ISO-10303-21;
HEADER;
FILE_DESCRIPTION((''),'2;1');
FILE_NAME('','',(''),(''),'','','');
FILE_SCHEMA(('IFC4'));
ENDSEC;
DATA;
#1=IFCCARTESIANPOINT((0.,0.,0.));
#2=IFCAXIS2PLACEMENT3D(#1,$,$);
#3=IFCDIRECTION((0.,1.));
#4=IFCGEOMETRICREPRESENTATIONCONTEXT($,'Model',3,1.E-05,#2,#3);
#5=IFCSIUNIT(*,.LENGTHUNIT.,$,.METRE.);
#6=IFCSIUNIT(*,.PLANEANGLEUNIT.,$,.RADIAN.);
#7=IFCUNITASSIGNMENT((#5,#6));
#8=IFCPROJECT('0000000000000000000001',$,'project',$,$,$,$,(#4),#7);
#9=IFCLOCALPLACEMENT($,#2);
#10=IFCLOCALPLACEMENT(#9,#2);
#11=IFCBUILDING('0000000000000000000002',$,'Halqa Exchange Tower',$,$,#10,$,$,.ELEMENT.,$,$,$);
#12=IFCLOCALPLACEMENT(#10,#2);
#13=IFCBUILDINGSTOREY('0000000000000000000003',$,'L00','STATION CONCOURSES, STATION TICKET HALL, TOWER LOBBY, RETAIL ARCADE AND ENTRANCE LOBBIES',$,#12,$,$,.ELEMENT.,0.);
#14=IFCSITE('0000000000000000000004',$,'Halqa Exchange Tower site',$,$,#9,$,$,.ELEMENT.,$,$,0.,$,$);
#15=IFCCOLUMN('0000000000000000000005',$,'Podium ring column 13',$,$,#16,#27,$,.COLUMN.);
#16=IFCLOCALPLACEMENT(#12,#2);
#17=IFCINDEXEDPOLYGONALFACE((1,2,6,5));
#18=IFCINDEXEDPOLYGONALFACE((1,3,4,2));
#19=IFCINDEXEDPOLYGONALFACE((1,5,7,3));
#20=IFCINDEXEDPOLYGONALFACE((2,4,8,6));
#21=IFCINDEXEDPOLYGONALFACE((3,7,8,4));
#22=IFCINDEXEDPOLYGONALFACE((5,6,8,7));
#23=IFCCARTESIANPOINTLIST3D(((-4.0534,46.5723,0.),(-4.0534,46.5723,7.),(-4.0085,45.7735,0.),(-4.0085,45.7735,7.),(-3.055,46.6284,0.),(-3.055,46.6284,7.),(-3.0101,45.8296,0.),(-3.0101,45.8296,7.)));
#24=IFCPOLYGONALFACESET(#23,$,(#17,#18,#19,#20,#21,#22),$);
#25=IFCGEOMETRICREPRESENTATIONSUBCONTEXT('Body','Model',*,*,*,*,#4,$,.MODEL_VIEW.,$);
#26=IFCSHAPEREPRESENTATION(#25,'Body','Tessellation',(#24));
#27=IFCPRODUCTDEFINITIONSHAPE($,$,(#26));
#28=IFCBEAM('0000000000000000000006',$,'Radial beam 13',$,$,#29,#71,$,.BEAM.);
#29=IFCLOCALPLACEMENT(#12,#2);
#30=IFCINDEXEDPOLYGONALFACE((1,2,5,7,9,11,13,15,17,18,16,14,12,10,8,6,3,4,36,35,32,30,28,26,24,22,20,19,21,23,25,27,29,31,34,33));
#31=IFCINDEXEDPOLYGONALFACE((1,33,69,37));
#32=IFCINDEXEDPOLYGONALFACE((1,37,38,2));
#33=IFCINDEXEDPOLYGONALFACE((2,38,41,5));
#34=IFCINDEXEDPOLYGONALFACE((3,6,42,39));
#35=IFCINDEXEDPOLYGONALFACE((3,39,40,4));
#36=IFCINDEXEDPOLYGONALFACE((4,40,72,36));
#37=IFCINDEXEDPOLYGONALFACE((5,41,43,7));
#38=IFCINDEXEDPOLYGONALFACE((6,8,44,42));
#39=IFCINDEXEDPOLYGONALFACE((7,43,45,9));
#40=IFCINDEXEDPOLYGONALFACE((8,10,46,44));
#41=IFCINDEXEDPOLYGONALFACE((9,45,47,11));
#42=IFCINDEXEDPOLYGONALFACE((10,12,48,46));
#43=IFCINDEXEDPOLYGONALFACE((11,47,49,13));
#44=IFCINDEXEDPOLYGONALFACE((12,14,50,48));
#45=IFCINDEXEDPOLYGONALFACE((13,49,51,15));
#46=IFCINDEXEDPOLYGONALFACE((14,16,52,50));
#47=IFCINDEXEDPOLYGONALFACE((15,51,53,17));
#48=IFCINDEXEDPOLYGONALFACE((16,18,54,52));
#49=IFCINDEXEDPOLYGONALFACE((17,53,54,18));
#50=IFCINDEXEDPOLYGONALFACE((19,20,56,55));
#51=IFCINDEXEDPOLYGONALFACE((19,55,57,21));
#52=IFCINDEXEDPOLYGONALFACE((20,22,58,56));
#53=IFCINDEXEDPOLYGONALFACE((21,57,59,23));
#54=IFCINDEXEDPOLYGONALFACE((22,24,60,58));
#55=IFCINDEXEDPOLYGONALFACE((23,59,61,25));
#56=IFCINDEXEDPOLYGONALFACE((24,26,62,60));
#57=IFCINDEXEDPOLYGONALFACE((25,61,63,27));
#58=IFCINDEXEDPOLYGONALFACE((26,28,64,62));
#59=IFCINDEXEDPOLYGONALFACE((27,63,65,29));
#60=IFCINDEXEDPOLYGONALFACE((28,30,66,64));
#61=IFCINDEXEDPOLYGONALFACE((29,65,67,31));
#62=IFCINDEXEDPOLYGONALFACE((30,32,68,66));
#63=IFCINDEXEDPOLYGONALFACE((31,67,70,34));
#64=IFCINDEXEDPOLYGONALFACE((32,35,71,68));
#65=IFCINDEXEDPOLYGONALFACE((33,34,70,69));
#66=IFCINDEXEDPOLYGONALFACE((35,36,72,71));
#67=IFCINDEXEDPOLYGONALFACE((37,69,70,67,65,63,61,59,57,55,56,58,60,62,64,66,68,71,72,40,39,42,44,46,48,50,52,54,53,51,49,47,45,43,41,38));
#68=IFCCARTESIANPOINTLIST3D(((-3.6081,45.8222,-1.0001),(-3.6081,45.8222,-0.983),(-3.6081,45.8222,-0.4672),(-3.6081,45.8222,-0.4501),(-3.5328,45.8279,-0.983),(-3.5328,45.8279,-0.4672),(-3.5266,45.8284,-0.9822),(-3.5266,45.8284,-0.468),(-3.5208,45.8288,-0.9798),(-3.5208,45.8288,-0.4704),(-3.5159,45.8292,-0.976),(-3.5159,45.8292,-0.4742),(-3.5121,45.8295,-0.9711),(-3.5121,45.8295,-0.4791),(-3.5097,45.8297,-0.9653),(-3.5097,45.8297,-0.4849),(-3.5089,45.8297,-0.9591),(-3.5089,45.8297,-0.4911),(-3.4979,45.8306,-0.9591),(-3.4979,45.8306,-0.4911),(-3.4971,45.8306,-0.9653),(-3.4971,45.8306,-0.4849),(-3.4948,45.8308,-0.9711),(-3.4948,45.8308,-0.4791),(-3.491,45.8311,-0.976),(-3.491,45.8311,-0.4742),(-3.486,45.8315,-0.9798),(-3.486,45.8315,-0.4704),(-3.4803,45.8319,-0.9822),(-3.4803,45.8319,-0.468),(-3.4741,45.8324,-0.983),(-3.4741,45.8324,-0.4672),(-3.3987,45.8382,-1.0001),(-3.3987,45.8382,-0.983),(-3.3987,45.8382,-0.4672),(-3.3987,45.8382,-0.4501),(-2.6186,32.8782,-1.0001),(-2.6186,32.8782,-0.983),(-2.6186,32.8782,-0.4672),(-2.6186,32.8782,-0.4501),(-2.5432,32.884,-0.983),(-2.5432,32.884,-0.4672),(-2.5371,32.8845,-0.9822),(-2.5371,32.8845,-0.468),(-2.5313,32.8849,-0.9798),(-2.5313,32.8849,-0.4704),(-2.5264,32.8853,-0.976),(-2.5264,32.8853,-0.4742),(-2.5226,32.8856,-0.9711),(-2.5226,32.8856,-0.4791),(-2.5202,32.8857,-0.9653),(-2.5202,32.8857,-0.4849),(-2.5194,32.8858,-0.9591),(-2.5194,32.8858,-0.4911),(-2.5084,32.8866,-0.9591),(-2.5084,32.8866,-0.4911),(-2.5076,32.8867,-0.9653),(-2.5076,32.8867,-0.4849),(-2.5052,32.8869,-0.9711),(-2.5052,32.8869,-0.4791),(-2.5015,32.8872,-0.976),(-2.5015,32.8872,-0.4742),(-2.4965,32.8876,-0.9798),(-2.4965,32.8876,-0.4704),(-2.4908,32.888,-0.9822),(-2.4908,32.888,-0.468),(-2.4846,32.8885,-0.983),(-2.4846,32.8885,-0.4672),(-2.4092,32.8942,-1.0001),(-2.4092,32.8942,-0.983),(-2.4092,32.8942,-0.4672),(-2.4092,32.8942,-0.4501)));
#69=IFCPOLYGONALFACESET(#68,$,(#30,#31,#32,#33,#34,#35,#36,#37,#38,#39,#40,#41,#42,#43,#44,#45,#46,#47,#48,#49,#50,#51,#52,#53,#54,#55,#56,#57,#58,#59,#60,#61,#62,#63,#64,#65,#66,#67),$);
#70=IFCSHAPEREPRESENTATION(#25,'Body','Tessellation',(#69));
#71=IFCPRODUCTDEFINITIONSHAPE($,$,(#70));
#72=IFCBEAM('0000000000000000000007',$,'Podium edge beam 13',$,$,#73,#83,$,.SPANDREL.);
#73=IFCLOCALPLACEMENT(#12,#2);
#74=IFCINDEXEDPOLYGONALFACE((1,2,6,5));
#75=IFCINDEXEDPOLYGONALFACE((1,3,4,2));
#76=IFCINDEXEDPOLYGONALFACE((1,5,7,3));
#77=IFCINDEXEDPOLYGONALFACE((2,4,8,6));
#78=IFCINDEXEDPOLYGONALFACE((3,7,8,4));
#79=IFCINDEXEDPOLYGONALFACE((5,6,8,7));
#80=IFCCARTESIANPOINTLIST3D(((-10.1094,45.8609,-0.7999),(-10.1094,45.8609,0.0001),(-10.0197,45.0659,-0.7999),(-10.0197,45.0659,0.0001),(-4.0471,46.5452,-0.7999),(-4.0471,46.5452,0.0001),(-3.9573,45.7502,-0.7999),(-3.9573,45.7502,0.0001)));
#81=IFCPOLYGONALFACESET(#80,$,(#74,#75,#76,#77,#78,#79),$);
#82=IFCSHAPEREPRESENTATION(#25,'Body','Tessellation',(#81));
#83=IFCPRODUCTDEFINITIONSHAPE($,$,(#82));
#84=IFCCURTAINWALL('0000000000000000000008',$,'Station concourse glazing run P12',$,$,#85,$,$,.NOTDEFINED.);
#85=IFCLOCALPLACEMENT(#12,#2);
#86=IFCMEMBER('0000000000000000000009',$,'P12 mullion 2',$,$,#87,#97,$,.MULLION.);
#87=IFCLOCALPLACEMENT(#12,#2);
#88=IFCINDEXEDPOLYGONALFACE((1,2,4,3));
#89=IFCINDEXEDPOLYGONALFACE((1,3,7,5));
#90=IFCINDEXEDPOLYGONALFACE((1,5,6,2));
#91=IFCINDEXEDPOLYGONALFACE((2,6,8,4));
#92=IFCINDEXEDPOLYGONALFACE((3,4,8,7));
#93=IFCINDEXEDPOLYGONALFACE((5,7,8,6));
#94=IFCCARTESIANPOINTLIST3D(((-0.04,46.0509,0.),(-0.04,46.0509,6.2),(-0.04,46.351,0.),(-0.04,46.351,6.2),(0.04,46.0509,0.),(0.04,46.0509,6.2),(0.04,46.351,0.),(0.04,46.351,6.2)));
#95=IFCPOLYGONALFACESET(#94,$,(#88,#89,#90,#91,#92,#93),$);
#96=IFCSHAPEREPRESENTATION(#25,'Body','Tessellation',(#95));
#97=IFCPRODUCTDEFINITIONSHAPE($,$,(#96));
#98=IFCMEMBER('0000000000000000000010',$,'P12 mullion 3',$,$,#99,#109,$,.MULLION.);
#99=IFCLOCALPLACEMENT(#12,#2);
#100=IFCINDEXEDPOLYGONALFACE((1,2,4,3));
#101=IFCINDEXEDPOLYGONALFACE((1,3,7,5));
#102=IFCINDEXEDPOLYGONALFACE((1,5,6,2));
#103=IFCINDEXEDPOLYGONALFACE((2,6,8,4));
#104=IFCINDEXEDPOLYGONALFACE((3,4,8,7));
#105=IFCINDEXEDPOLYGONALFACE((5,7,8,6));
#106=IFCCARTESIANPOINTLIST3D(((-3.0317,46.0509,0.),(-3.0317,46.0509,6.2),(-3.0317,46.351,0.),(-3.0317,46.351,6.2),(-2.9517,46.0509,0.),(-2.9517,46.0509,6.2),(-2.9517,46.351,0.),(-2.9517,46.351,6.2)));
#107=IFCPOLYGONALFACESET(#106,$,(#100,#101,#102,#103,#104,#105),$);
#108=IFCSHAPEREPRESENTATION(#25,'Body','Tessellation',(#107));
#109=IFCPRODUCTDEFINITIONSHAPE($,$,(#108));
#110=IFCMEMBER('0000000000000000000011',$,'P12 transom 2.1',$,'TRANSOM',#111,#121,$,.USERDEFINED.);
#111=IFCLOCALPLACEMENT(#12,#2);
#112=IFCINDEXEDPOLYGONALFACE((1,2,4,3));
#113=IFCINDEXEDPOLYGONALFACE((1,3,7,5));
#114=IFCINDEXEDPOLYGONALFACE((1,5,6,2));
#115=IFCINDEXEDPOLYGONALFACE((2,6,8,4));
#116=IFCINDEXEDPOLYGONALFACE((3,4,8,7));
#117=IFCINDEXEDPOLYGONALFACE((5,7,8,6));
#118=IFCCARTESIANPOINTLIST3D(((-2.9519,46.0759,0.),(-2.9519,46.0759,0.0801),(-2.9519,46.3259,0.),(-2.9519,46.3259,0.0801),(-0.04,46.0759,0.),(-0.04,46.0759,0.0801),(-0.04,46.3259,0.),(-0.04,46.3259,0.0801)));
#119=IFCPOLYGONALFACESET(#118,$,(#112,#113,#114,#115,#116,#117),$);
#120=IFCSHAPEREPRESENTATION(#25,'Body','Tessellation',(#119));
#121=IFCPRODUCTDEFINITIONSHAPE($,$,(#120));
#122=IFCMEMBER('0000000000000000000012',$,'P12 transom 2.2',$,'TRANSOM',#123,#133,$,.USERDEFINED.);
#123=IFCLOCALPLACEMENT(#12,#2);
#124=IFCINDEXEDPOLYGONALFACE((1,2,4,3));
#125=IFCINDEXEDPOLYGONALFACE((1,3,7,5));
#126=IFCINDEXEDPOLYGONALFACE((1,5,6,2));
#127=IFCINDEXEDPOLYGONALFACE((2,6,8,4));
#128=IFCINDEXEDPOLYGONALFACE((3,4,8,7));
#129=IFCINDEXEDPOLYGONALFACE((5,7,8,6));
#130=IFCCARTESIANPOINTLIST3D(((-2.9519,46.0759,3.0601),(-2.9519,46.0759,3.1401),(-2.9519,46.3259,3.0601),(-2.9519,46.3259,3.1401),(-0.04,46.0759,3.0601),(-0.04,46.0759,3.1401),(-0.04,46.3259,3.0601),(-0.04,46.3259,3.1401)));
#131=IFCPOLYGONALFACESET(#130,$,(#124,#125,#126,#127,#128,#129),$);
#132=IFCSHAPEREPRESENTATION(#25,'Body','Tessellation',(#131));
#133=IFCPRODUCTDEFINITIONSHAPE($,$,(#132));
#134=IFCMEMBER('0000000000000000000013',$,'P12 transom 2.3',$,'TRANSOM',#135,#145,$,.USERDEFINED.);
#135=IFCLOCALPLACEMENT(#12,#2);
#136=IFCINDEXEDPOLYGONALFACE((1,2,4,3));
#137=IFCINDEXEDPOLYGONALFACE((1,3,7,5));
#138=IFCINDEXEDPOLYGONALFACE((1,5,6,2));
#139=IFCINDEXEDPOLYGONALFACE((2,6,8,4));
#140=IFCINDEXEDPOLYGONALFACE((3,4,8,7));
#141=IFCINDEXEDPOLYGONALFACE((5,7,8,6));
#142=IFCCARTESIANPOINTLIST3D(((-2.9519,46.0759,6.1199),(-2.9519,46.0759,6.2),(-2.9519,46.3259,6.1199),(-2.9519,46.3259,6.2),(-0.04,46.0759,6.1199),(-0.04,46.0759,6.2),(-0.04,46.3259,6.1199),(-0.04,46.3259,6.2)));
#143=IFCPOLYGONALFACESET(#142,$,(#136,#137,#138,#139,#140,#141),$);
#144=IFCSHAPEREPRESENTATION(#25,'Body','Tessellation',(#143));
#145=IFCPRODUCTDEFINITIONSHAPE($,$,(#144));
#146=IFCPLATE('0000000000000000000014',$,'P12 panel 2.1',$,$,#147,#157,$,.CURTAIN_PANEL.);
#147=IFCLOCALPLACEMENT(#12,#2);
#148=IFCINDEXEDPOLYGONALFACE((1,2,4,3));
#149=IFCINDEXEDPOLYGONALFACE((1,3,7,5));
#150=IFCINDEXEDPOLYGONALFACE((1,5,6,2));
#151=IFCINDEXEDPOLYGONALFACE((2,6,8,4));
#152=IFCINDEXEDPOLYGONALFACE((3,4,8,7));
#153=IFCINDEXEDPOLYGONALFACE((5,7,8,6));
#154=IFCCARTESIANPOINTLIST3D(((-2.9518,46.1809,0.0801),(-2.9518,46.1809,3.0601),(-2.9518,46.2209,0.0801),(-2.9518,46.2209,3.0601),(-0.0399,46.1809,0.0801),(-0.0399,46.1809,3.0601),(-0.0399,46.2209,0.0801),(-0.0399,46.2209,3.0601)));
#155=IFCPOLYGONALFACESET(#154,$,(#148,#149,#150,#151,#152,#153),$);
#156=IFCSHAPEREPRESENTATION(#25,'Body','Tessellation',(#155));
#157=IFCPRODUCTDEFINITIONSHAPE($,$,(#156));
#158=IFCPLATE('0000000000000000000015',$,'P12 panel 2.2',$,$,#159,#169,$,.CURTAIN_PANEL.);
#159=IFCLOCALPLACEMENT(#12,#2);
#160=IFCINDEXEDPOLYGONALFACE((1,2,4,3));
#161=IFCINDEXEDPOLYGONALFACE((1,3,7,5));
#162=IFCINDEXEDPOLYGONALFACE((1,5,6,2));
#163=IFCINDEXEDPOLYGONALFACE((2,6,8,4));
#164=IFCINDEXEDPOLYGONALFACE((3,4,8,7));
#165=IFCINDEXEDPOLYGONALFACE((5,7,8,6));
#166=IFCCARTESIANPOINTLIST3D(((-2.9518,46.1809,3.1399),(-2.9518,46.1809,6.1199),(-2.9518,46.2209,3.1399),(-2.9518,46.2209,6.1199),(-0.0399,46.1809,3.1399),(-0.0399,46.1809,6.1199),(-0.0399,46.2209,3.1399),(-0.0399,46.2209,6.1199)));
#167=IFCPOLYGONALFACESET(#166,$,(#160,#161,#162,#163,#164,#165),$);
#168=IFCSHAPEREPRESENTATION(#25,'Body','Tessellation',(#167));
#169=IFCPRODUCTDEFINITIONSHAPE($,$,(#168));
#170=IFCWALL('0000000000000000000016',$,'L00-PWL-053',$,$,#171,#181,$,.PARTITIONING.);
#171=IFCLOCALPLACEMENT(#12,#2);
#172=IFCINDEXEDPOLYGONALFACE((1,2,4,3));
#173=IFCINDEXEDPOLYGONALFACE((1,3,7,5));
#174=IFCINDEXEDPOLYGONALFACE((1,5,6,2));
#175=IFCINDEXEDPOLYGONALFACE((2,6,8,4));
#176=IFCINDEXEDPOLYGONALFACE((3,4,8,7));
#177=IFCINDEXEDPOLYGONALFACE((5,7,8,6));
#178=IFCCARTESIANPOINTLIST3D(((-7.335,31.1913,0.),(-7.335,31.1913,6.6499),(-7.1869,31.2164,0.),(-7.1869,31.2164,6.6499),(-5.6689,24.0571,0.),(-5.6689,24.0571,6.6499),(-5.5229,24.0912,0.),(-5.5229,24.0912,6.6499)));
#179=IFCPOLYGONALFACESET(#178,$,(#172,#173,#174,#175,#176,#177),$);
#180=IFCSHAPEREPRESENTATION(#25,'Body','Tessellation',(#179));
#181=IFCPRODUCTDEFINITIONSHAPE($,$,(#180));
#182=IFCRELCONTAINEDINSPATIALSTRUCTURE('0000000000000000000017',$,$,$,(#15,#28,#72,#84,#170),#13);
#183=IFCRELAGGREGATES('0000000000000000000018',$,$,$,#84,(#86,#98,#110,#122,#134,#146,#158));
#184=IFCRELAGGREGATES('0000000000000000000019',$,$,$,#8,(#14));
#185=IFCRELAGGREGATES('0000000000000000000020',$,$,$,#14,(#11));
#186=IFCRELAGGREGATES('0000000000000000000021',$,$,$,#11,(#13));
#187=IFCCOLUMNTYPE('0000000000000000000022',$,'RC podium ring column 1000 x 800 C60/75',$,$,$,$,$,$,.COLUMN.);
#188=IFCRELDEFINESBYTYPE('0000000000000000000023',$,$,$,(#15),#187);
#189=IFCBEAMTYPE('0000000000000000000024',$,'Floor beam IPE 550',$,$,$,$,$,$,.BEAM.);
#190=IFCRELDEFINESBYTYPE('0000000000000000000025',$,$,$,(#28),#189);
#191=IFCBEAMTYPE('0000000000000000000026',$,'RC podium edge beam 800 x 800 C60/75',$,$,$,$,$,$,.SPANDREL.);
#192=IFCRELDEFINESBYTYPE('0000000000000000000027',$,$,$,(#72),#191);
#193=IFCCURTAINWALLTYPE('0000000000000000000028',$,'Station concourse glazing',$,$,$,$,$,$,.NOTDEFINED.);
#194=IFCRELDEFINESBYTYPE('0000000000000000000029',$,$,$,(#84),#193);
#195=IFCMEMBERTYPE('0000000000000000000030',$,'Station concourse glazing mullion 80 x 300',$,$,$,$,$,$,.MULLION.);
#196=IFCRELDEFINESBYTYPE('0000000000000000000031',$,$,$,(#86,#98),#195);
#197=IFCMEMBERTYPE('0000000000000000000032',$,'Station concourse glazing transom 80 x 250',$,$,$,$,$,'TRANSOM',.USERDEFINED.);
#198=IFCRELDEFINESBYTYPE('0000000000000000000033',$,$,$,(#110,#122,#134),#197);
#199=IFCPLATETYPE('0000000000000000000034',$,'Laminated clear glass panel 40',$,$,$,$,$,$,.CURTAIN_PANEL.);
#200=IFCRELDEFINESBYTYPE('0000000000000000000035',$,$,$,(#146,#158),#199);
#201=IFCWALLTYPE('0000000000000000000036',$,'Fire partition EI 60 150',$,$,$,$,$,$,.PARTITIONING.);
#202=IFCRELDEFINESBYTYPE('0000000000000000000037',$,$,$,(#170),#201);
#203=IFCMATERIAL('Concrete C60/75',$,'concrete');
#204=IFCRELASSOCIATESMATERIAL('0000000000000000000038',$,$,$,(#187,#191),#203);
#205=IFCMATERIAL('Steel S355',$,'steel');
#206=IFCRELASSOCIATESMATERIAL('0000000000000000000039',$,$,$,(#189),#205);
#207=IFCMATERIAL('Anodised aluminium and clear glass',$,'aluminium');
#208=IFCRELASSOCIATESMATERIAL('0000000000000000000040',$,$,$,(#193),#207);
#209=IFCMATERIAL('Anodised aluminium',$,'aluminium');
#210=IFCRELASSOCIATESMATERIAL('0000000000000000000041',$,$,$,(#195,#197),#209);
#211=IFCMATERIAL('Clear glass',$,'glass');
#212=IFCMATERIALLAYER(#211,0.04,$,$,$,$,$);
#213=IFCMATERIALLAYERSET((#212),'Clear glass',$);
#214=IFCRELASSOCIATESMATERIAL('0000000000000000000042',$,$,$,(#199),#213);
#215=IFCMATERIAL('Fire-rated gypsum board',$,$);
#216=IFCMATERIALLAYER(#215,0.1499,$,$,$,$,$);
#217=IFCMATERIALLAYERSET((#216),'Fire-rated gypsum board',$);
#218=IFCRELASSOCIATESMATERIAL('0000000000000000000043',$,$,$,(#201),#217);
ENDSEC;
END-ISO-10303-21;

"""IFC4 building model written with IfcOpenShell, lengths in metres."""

from ifc_helpers import new_model, si_unit, direction, frame, origin, origin_2d, place, context, subcontext, project, spatial, polyline, rectangle, i_section, outline, extrude, material, layer, layer_set, material_profile, profile_set, type_object, element, aggregate, save


model = new_model("IFC4")

# Units and contexts
model_context = context("Model", 3, precision=1e-05, world=origin(), true_north=direction((0.0, 1.0)))
body_context = subcontext(model_context, "Body", "Model", "MODEL_VIEW")
ifc_project = project(units=[si_unit("LENGTHUNIT", "METRE"), si_unit("PLANEANGLEUNIT", "RADIAN")], contexts=[model_context])

# Site, building, storey
site_placement = place(None, origin())
site = spatial("IfcSite", under=ifc_project, at=site_placement, Name="Halqa Exchange Tower site", CompositionType="ELEMENT", RefElevation=0.0)
building_placement = place(site_placement, origin())
building = spatial("IfcBuilding", under=site, at=building_placement, Name="Halqa Exchange Tower", CompositionType="ELEMENT")
storey_placement = place(building_placement, origin())
storey = spatial("IfcBuildingStorey", under=building, at=storey_placement, Name="L00", Description="STATION CONCOURSES, STATION TICKET HALL, TOWER LOBBY, RETAIL ARCADE AND ENTRANCE LOBBIES", CompositionType="ELEMENT", Elevation=0.0)

# Column
ifc_material_1 = material(Name="Concrete C60/75", Category="concrete")
ifc_material_profile_1 = material_profile(ifc_material_1, rectangle(XDim=1.0, YDim=0.8, at=origin_2d()), Name="1000 x 800")
ifc_profile_set_1 = profile_set([ifc_material_profile_1], Name="Concrete C60/75")
column_type = type_object("IfcColumnType", Name="RC podium ring column 1000 x 800 C60/75", PredefinedType="COLUMN", material=ifc_profile_set_1)
column_placement = place(storey_placement, frame((-3.5317, 46.2009, 0.0), z_axis=(0.0, 0.0, 1.0), x_axis=(-0.998425, -0.056107, 0.0)))
element("IfcColumn", 1, at=column_placement, inside=storey, type_object=column_type, Name="Podium ring column 13", PredefinedType="COLUMN", context=body_context, shape_type="SweptSolid", body=[
    extrude(rectangle(XDim=1.0, YDim=0.8, at=origin_2d()), origin(), (0.0, 0.0, 1.0), 7.0),
])

# Beams
ifc_material_2 = material(Name="Steel S355", Category="steel")
ifc_material_profile_2 = material_profile(ifc_material_2, i_section(OverallWidth=0.21, OverallDepth=0.55, WebThickness=0.011, FlangeThickness=0.0171, FilletRadius=0.0239, at=origin_2d()), Name="IPE 550")
ifc_profile_set_2 = profile_set([ifc_material_profile_2], Name="Steel S355")
beam_type_1 = type_object("IfcBeamType", Name="Floor beam IPE 550", PredefinedType="BEAM", material=ifc_profile_set_2)
beam_1_placement = place(storey_placement, frame((-2.5139, 32.8862, -0.7251), z_axis=(-0.076223, 0.997091, 0.0), x_axis=(-0.997091, -0.076223, 0.0)))
element("IfcBeam", 2, at=beam_1_placement, inside=storey, type_object=beam_type_1, Name="Radial beam 13", PredefinedType="BEAM", context=body_context, shape_type="SweptSolid", body=[
    extrude(i_section(OverallWidth=0.21, OverallDepth=0.55, WebThickness=0.011, FlangeThickness=0.0171, FilletRadius=0.0239, at=origin_2d()), origin(), (0.0, 0.0, 1.0), 12.9817),
])
ifc_material_profile_3 = material_profile(ifc_material_1, rectangle(XDim=0.8, YDim=0.8, at=origin_2d()), Name="800 x 800")
ifc_profile_set_3 = profile_set([ifc_material_profile_3], Name="Concrete C60/75")
beam_type_2 = type_object("IfcBeamType", Name="RC podium edge beam 800 x 800 C60/75", PredefinedType="SPANDREL", material=ifc_profile_set_3)
beam_2_placement = place(storey_placement, frame((-4.0022, 46.1477, -0.3999), z_axis=(-0.993689, -0.112171, 0.0), x_axis=(0.112171, -0.993689, 0.0)))
element("IfcBeam", 3, at=beam_2_placement, inside=storey, type_object=beam_type_2, Name="Podium edge beam 13", PredefinedType="SPANDREL", context=body_context, shape_type="SweptSolid", body=[
    extrude(rectangle(XDim=0.8, YDim=0.8, at=origin_2d()), origin(), (0.0, 0.0, 1.0), 6.1008),
])

# Curtain wall, members, plates
ifc_material_3 = material(Name="Anodised aluminium and clear glass", Category="aluminium")
curtain_wall_type = type_object("IfcCurtainWallType", Name="Station concourse glazing", PredefinedType="NOTDEFINED", material=ifc_material_3)
curtain_wall_placement = place(storey_placement, origin())
curtain_wall = element("IfcCurtainWall", 4, at=curtain_wall_placement, inside=storey, type_object=curtain_wall_type, Name="Station concourse glazing run P12", PredefinedType="NOTDEFINED")
ifc_material_4 = material(Name="Anodised aluminium", Category="aluminium")
ifc_material_profile_4 = material_profile(ifc_material_4, rectangle(XDim=0.3, YDim=0.0801, at=origin_2d()), Name="AL 80x300")
ifc_profile_set_4 = profile_set([ifc_material_profile_4], Name="Anodised aluminium")
member_type_1 = type_object("IfcMemberType", Name="Station concourse glazing mullion 80 x 300", PredefinedType="MULLION", material=ifc_profile_set_4)
member_1_placement = place(storey_placement, frame((0.0, 46.2009, 0.0), z_axis=(0.0, 0.0, 1.0), x_axis=(0.0, -1.0, 0.0)))
member_1 = element("IfcMember", 5, at=member_1_placement, type_object=member_type_1, Name="P12 mullion 2", PredefinedType="MULLION", context=body_context, shape_type="SweptSolid", body=[
    extrude(rectangle(XDim=0.3, YDim=0.0801, at=origin_2d()), origin(), (0.0, 0.0, 1.0), 6.2),
])
member_2_placement = place(storey_placement, frame((-2.9917, 46.2009, 0.0), z_axis=(0.0, 0.0, 1.0), x_axis=(0.0, -1.0, 0.0)))
member_2 = element("IfcMember", 6, at=member_2_placement, type_object=member_type_1, Name="P12 mullion 3", PredefinedType="MULLION", context=body_context, shape_type="SweptSolid", body=[
    extrude(rectangle(XDim=0.3, YDim=0.0801, at=origin_2d()), origin(), (0.0, 0.0, 1.0), 6.2),
])
ifc_material_profile_5 = material_profile(ifc_material_4, rectangle(XDim=0.25, YDim=0.0801, at=origin_2d()), Name="AL 80x250")
ifc_profile_set_5 = profile_set([ifc_material_profile_5], Name="Anodised aluminium")
member_type_2 = type_object("IfcMemberType", Name="Station concourse glazing transom 80 x 250", ElementType="TRANSOM", PredefinedType="USERDEFINED", material=ifc_profile_set_5)
member_3_placement = place(storey_placement, frame((-0.04, 46.2009, 0.04), z_axis=(-1.0, 0.0, 0.0), x_axis=(0.0, -1.0, 0.0)))
member_3 = element("IfcMember", 7, at=member_3_placement, type_object=member_type_2, Name="P12 transom 2.1", ObjectType="TRANSOM", PredefinedType="USERDEFINED", context=body_context, shape_type="SweptSolid", body=[
    extrude(rectangle(XDim=0.25, YDim=0.0801, at=origin_2d()), origin(), (0.0, 0.0, 1.0), 2.9119),
])
member_4_placement = place(storey_placement, frame((-0.04, 46.2009, 3.1001), z_axis=(-1.0, 0.0, 0.0), x_axis=(0.0, -1.0, 0.0)))
member_4 = element("IfcMember", 8, at=member_4_placement, type_object=member_type_2, Name="P12 transom 2.2", ObjectType="TRANSOM", PredefinedType="USERDEFINED", context=body_context, shape_type="SweptSolid", body=[
    extrude(rectangle(XDim=0.25, YDim=0.0801, at=origin_2d()), origin(), (0.0, 0.0, 1.0), 2.9119),
])
member_5_placement = place(storey_placement, frame((-0.04, 46.2009, 6.1599), z_axis=(-1.0, 0.0, 0.0), x_axis=(0.0, -1.0, 0.0)))
member_5 = element("IfcMember", 9, at=member_5_placement, type_object=member_type_2, Name="P12 transom 2.3", ObjectType="TRANSOM", PredefinedType="USERDEFINED", context=body_context, shape_type="SweptSolid", body=[
    extrude(rectangle(XDim=0.25, YDim=0.0801, at=origin_2d()), origin(), (0.0, 0.0, 1.0), 2.9119),
])
ifc_material_5 = material(Name="Clear glass", Category="glass")
ifc_layer_1 = layer(ifc_material_5, 0.04)
ifc_layer_set_1 = layer_set([ifc_layer_1], Name="Clear glass")
plate_type = type_object("IfcPlateType", Name="Laminated clear glass panel 40", PredefinedType="CURTAIN_PANEL", material=ifc_layer_set_1)
plate_1_placement = place(storey_placement, frame((-1.4958, 46.2009, 0.0801), z_axis=(0.0, 0.0, 1.0), x_axis=(-1.0, 0.0, 0.0)))
plate_1 = element("IfcPlate", 10, at=plate_1_placement, type_object=plate_type, Name="P12 panel 2.1", PredefinedType="CURTAIN_PANEL", context=body_context, shape_type="SweptSolid", body=[
    extrude(rectangle(XDim=2.9119, YDim=0.04, at=origin_2d()), origin(), (0.0, 0.0, 1.0), 2.98),
])
plate_2_placement = place(storey_placement, frame((-1.4958, 46.2009, 3.1399), z_axis=(0.0, 0.0, 1.0), x_axis=(-1.0, 0.0, 0.0)))
plate_2 = element("IfcPlate", 11, at=plate_2_placement, type_object=plate_type, Name="P12 panel 2.2", PredefinedType="CURTAIN_PANEL", context=body_context, shape_type="SweptSolid", body=[
    extrude(rectangle(XDim=2.9119, YDim=0.04, at=origin_2d()), origin(), (0.0, 0.0, 1.0), 2.98),
])
aggregate(curtain_wall, [member_1, member_2, member_3, member_4, member_5, plate_1, plate_2])

# Wall
ifc_material_6 = material(Name="Fire-rated gypsum board")
ifc_layer_2 = layer(ifc_material_6, 0.1499)
ifc_layer_set_2 = layer_set([ifc_layer_2], Name="Fire-rated gypsum board")
wall_type_1 = type_object("IfcWallType", Name="Fire partition EI 60 150", PredefinedType="PARTITIONING", material=ifc_layer_set_2)
wall_1_placement = place(storey_placement, frame((-7.261, 31.2039, 0.0), z_axis=(0.0, 0.0, 1.0), x_axis=(0.227418, -0.973797, 0.0)))
element("IfcWall", 12, at=wall_1_placement, inside=storey, type_object=wall_type_1, Name="L00-PWL-053", PredefinedType="PARTITIONING", context=body_context, shape_type="SweptSolid", body=[
    extrude(outline(polyline([(-0.0046, -0.075), (7.3215, -0.075), (7.3215, 0.075), (0.0046, 0.075), (-0.0046, -0.075)])), origin(), (0.0, 0.0, 1.0), 6.6499),
])

save(model, "model.ifc")
